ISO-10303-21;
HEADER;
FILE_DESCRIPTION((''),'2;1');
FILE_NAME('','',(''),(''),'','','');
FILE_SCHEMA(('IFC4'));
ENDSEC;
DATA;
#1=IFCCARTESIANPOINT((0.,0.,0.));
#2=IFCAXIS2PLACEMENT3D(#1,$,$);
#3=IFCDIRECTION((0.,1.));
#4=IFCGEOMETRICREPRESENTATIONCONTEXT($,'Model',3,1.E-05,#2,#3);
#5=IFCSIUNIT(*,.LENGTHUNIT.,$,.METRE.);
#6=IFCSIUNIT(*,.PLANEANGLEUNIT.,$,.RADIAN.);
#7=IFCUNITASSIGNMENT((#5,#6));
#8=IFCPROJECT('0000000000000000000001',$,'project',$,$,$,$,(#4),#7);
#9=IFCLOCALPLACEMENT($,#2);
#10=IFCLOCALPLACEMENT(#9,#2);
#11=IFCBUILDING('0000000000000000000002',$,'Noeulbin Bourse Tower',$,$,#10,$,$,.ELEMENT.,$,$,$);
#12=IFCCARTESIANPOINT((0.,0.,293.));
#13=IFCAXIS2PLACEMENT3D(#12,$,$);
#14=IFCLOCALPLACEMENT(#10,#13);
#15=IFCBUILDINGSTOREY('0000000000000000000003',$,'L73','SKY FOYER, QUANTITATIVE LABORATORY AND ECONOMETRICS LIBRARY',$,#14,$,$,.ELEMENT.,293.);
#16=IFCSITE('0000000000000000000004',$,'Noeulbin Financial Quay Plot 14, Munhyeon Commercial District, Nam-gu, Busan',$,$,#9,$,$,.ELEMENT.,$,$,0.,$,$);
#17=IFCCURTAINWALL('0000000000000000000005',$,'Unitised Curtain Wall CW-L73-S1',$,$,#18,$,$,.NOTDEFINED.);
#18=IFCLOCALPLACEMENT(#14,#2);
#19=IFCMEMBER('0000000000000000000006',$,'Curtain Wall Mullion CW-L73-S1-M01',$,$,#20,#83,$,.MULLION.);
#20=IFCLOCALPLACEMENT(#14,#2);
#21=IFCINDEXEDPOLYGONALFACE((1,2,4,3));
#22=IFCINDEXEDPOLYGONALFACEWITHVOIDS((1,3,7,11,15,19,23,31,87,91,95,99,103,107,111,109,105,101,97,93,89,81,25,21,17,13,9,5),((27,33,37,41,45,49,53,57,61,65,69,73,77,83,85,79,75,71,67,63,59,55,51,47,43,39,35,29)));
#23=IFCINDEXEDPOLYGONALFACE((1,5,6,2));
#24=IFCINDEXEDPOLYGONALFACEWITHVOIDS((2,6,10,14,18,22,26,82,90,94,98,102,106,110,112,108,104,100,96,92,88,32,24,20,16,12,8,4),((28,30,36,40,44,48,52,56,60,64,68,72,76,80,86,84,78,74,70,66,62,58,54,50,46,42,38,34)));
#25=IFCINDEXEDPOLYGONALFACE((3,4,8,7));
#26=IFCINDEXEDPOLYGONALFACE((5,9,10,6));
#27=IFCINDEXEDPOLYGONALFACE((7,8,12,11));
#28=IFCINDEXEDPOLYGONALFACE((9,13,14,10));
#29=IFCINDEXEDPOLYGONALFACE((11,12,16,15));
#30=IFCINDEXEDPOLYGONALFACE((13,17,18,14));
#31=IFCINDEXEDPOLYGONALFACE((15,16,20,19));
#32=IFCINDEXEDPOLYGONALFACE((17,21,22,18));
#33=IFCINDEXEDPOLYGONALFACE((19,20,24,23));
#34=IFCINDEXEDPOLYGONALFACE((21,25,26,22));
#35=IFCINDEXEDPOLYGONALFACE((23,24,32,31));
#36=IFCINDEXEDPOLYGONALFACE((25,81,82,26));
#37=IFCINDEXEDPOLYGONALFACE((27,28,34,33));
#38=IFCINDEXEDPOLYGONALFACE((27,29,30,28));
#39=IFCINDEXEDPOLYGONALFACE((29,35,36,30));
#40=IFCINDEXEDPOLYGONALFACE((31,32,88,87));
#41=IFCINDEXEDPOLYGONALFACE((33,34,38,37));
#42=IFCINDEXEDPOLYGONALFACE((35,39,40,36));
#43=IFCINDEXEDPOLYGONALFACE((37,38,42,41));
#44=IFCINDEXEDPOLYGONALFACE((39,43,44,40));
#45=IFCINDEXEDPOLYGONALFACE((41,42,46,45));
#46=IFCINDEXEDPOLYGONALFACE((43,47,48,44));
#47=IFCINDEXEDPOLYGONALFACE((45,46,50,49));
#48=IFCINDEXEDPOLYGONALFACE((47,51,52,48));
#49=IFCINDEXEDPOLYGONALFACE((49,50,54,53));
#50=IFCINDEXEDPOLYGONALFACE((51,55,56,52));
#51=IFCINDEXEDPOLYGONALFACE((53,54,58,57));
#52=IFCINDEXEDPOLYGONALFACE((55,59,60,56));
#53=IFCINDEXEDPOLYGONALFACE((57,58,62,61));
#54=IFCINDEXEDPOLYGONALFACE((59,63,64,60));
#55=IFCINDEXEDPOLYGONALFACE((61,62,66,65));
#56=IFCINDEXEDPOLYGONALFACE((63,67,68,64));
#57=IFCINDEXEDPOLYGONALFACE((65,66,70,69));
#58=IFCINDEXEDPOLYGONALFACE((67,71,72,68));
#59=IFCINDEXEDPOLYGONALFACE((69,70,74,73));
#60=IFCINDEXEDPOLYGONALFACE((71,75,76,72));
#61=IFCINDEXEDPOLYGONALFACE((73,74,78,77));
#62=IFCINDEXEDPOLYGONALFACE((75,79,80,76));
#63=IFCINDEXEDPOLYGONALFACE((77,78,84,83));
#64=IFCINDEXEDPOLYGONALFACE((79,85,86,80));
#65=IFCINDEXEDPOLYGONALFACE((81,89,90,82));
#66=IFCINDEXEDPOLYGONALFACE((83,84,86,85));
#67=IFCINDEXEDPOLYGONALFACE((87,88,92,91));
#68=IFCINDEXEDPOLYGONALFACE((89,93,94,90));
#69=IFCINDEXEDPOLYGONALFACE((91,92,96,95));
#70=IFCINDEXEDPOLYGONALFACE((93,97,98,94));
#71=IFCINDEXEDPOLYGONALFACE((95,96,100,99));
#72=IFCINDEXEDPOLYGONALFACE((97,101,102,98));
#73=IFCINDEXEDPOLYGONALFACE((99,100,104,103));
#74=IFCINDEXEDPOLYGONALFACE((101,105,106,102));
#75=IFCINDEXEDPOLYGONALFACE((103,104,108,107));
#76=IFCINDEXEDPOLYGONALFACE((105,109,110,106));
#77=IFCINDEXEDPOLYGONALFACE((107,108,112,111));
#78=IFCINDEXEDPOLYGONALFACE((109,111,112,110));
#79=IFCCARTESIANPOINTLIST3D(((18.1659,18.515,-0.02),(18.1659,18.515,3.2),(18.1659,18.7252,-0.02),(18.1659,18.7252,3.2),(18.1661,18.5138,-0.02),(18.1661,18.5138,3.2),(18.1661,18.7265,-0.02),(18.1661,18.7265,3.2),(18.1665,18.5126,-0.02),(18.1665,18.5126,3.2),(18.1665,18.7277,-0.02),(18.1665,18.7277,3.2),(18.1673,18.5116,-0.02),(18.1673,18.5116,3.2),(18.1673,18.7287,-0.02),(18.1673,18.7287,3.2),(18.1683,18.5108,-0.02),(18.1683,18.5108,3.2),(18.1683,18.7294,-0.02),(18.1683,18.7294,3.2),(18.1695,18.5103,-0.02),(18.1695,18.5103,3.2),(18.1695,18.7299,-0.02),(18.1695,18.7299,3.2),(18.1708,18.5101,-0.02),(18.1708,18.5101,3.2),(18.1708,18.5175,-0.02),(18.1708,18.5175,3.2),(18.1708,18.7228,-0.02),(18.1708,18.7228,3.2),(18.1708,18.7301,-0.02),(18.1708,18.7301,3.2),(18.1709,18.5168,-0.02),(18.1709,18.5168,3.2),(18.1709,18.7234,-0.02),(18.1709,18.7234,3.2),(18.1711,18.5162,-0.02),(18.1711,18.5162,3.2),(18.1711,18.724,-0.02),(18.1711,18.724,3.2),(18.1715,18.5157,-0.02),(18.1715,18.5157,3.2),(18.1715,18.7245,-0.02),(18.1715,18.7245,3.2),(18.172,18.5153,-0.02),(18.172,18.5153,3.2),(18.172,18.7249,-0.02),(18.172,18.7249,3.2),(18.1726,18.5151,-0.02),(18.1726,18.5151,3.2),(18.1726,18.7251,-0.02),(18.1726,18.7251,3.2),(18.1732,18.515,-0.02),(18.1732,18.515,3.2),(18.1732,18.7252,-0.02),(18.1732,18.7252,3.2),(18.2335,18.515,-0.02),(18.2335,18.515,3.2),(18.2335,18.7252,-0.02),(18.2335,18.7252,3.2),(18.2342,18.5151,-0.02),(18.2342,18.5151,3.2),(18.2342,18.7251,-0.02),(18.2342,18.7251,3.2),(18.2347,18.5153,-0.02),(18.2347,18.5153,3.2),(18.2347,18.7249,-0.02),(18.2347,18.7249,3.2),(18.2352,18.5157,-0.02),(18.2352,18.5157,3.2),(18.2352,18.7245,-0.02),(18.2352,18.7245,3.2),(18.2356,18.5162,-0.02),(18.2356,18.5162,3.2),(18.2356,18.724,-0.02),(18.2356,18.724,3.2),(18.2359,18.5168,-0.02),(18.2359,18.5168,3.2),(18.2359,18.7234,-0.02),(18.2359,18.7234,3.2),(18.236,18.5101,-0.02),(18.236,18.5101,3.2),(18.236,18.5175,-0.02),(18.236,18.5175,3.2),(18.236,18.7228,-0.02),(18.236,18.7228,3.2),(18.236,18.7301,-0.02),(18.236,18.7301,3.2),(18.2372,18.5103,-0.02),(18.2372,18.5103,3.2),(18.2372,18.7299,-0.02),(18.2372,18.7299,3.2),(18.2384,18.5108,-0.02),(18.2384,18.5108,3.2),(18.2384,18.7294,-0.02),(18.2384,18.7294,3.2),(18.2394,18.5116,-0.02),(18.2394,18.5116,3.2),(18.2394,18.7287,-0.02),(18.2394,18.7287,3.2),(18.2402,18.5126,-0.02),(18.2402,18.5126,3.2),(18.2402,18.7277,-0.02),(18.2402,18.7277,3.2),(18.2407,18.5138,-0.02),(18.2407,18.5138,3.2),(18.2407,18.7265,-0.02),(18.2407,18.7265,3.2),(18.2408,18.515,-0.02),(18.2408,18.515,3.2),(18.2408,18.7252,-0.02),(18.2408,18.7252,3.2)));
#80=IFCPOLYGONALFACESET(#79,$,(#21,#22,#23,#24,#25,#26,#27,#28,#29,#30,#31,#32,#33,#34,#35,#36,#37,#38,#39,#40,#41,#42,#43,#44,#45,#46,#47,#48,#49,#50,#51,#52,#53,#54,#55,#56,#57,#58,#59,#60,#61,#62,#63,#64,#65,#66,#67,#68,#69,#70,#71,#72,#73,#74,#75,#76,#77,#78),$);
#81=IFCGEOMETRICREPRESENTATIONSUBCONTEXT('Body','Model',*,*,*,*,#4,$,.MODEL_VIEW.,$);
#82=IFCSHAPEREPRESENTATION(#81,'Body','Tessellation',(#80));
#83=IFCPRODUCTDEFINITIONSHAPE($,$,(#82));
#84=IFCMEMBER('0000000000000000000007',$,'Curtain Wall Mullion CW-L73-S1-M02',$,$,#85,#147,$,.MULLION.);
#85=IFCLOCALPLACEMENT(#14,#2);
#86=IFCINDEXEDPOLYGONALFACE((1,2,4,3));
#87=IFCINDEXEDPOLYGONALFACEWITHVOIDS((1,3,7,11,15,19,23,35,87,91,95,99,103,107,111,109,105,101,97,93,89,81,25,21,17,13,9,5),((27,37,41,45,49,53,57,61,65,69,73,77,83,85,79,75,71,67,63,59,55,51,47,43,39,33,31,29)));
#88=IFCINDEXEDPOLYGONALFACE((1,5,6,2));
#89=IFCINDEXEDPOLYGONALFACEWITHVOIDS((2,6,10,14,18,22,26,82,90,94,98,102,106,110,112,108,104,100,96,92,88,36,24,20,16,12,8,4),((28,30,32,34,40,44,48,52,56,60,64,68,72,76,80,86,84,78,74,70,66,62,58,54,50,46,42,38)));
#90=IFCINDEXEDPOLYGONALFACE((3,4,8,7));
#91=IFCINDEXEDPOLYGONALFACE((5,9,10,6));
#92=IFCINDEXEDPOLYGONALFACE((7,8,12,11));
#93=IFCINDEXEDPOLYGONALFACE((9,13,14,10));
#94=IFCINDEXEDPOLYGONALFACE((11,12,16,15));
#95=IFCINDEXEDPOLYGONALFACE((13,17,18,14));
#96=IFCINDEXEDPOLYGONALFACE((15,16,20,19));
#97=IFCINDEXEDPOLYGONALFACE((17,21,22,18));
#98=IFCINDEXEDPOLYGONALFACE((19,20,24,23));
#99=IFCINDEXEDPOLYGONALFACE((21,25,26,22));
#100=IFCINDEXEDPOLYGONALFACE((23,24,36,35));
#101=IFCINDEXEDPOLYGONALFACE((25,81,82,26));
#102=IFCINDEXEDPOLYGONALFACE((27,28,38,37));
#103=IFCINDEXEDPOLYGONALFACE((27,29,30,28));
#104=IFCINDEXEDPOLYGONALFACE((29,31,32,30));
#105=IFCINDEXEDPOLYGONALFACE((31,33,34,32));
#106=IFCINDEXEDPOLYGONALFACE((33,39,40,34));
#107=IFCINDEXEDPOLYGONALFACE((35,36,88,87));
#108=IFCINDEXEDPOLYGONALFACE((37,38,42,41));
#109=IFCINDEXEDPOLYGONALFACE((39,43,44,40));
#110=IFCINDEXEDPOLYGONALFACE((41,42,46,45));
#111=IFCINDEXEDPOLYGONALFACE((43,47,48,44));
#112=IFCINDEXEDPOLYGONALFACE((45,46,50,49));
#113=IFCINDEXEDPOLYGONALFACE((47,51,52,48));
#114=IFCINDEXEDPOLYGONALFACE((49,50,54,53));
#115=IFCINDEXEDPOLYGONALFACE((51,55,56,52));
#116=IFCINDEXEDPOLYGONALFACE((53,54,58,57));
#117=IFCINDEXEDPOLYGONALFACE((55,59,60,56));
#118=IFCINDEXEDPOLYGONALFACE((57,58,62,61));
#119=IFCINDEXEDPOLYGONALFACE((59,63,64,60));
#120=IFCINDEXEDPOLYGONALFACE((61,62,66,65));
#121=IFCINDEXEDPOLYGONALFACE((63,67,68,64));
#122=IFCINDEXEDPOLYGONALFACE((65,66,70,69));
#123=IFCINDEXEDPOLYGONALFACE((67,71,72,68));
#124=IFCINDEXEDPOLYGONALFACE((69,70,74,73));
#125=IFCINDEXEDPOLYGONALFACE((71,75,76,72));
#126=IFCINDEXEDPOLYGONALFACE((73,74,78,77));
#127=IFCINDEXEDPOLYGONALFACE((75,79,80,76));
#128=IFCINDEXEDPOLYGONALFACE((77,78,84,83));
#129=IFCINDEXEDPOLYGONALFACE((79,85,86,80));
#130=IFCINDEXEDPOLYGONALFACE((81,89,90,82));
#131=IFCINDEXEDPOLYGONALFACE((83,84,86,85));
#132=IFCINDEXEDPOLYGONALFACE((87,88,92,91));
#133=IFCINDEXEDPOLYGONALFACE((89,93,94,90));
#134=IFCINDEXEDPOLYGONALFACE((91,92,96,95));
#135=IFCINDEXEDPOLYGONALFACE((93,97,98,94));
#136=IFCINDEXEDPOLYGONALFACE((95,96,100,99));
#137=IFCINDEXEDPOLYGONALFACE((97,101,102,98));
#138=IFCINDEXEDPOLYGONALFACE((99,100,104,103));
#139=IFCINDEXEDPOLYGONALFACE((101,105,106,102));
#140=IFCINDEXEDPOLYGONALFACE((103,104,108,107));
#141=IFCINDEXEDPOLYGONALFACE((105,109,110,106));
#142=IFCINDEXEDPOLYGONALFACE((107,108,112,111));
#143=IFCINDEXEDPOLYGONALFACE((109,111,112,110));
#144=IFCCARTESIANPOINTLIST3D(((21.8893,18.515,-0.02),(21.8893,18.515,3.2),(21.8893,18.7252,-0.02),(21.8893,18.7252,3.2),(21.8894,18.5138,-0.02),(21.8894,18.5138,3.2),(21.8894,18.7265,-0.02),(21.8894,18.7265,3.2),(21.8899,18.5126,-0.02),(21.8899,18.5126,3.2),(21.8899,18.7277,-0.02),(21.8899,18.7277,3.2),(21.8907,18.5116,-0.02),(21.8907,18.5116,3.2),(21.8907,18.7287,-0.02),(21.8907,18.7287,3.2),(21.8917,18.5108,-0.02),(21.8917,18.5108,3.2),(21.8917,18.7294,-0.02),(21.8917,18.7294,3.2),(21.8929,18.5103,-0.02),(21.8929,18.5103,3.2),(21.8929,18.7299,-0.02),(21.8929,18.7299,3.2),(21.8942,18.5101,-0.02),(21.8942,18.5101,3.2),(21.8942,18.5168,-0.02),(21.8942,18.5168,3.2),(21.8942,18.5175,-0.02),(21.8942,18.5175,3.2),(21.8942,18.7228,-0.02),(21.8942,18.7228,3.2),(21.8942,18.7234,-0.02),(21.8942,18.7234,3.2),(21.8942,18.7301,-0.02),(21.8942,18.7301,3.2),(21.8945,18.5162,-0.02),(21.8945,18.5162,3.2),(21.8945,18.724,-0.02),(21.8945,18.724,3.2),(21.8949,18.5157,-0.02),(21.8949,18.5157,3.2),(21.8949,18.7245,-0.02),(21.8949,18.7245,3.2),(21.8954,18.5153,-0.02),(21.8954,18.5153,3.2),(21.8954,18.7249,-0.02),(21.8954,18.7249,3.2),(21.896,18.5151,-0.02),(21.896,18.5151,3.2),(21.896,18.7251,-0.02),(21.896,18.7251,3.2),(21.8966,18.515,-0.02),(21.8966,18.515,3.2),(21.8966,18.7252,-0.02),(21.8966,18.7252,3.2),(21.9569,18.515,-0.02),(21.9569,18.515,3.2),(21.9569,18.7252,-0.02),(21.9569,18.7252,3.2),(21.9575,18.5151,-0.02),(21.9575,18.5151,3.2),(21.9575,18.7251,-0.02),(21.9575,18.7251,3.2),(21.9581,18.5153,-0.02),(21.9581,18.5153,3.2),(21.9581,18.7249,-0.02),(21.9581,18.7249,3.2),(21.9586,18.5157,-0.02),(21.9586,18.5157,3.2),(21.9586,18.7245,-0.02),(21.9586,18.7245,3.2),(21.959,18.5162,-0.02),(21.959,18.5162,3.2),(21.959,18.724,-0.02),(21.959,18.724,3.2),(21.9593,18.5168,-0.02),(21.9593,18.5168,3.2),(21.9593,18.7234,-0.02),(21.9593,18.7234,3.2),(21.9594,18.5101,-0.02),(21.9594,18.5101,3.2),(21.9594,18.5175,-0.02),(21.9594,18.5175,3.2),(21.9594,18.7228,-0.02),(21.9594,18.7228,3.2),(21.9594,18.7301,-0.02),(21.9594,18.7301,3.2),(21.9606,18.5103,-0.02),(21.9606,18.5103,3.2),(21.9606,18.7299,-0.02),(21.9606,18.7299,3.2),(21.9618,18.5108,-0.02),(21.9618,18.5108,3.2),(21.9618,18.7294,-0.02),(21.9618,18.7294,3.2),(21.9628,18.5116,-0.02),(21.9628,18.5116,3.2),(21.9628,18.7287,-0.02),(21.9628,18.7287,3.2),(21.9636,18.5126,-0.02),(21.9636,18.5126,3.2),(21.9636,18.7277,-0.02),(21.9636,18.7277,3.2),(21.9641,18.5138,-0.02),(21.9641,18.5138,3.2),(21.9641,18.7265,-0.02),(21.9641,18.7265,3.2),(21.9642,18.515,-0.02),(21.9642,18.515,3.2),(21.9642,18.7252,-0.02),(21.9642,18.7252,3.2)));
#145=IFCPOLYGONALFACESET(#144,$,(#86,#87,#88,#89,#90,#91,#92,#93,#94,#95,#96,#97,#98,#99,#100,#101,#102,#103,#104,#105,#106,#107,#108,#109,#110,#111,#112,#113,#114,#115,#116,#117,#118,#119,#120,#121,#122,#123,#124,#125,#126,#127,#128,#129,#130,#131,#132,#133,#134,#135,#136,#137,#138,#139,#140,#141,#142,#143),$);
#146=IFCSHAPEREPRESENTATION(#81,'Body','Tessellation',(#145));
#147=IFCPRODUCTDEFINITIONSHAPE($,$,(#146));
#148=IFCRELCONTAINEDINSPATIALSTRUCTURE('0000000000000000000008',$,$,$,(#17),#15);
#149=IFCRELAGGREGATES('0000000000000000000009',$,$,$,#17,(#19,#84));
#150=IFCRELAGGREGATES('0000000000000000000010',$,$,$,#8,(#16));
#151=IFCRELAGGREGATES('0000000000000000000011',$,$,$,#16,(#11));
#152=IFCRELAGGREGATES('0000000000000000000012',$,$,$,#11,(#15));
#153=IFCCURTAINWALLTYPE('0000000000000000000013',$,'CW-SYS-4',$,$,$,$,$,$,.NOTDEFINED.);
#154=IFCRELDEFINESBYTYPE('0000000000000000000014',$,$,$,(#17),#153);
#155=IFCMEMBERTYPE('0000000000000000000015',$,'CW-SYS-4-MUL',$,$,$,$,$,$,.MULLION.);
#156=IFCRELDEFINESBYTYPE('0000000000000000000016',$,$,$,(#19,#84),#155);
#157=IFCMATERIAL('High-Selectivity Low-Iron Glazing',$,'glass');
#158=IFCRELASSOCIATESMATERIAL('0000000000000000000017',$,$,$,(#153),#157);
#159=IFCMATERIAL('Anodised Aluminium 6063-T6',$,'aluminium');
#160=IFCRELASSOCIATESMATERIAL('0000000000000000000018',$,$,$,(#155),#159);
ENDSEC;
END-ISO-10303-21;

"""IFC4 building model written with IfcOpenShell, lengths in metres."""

from ifc_helpers import new_model, si_unit, direction, frame, origin, origin_2d, place, context, subcontext, project, spatial, hollow_rectangle, extrude, material, material_profile, profile_set, type_object, element, aggregate, save


model = new_model("IFC4")

# Units and contexts
model_context = context("Model", 3, precision=1e-05, world=origin(), true_north=direction((0.0, 1.0)))
body_context = subcontext(model_context, "Body", "Model", "MODEL_VIEW")
ifc_project = project(units=[si_unit("LENGTHUNIT", "METRE"), si_unit("PLANEANGLEUNIT", "RADIAN")], contexts=[model_context])

# Site, building, storey
site_placement = place(None, origin())
site = spatial("IfcSite", under=ifc_project, at=site_placement, Name="Noeulbin Financial Quay Plot 14, Munhyeon Commercial District, Nam-gu, Busan", CompositionType="ELEMENT", RefElevation=0.0)
building_placement = place(site_placement, origin())
building = spatial("IfcBuilding", under=site, at=building_placement, Name="Noeulbin Bourse Tower", CompositionType="ELEMENT")
storey_placement = place(building_placement, frame((0.0, 0.0, 293.0)))
storey = spatial("IfcBuildingStorey", under=building, at=storey_placement, Name="L73", Description="SKY FOYER, QUANTITATIVE LABORATORY AND ECONOMETRICS LIBRARY", CompositionType="ELEMENT", Elevation=293.0)

# Curtain wall, members
ifc_material_1 = material(Name="High-Selectivity Low-Iron Glazing", Category="glass")
curtain_wall_type = type_object("IfcCurtainWallType", Name="CW-SYS-4", PredefinedType="NOTDEFINED", material=ifc_material_1)
curtain_wall_placement = place(storey_placement, origin())
curtain_wall = element("IfcCurtainWall", 1, at=curtain_wall_placement, inside=storey, type_object=curtain_wall_type, Name="Unitised Curtain Wall CW-L73-S1", PredefinedType="NOTDEFINED")
ifc_material_2 = material(Name="Anodised Aluminium 6063-T6", Category="aluminium")
ifc_material_profile_1 = material_profile(ifc_material_2, hollow_rectangle(XDim=0.075, YDim=0.22, WallThickness=0.0049, InnerFilletRadius=0.0024, OuterFilletRadius=0.0049, at=origin_2d()), Name="ALU-MULL-75x220x5", Category="LoadBearing")
ifc_profile_set_1 = profile_set([ifc_material_profile_1], Name="Anodised Aluminium 6063-T6")
member_type_1 = type_object("IfcMemberType", Name="CW-SYS-4-MUL", PredefinedType="MULLION", material=ifc_profile_set_1)
member_1_placement = place(storey_placement, frame((18.2034, 18.6201, -0.02), z_axis=(0.0, 0.0, 1.0), x_axis=(1.0, 0.0, 0.0)))
member_1 = element("IfcMember", 2, at=member_1_placement, type_object=member_type_1, Name="Curtain Wall Mullion CW-L73-S1-M01", PredefinedType="MULLION", context=body_context, shape_type="SweptSolid", body=[
    extrude(hollow_rectangle(XDim=0.075, YDim=0.22, WallThickness=0.0049, InnerFilletRadius=0.0024, OuterFilletRadius=0.0049, at=origin_2d()), origin(), (0.0, 0.0, 1.0), 3.22),
])
member_2_placement = place(storey_placement, frame((21.9268, 18.6201, -0.02), z_axis=(0.0, 0.0, 1.0), x_axis=(1.0, 0.0, 0.0)))
member_2 = element("IfcMember", 3, at=member_2_placement, type_object=member_type_1, Name="Curtain Wall Mullion CW-L73-S1-M02", PredefinedType="MULLION", context=body_context, shape_type="SweptSolid", body=[
    extrude(hollow_rectangle(XDim=0.075, YDim=0.22, WallThickness=0.0049, InnerFilletRadius=0.0024, OuterFilletRadius=0.0049, at=origin_2d()), origin(), (0.0, 0.0, 1.0), 3.22),
])
aggregate(curtain_wall, [member_1, member_2])

save(model, "model.ifc")
